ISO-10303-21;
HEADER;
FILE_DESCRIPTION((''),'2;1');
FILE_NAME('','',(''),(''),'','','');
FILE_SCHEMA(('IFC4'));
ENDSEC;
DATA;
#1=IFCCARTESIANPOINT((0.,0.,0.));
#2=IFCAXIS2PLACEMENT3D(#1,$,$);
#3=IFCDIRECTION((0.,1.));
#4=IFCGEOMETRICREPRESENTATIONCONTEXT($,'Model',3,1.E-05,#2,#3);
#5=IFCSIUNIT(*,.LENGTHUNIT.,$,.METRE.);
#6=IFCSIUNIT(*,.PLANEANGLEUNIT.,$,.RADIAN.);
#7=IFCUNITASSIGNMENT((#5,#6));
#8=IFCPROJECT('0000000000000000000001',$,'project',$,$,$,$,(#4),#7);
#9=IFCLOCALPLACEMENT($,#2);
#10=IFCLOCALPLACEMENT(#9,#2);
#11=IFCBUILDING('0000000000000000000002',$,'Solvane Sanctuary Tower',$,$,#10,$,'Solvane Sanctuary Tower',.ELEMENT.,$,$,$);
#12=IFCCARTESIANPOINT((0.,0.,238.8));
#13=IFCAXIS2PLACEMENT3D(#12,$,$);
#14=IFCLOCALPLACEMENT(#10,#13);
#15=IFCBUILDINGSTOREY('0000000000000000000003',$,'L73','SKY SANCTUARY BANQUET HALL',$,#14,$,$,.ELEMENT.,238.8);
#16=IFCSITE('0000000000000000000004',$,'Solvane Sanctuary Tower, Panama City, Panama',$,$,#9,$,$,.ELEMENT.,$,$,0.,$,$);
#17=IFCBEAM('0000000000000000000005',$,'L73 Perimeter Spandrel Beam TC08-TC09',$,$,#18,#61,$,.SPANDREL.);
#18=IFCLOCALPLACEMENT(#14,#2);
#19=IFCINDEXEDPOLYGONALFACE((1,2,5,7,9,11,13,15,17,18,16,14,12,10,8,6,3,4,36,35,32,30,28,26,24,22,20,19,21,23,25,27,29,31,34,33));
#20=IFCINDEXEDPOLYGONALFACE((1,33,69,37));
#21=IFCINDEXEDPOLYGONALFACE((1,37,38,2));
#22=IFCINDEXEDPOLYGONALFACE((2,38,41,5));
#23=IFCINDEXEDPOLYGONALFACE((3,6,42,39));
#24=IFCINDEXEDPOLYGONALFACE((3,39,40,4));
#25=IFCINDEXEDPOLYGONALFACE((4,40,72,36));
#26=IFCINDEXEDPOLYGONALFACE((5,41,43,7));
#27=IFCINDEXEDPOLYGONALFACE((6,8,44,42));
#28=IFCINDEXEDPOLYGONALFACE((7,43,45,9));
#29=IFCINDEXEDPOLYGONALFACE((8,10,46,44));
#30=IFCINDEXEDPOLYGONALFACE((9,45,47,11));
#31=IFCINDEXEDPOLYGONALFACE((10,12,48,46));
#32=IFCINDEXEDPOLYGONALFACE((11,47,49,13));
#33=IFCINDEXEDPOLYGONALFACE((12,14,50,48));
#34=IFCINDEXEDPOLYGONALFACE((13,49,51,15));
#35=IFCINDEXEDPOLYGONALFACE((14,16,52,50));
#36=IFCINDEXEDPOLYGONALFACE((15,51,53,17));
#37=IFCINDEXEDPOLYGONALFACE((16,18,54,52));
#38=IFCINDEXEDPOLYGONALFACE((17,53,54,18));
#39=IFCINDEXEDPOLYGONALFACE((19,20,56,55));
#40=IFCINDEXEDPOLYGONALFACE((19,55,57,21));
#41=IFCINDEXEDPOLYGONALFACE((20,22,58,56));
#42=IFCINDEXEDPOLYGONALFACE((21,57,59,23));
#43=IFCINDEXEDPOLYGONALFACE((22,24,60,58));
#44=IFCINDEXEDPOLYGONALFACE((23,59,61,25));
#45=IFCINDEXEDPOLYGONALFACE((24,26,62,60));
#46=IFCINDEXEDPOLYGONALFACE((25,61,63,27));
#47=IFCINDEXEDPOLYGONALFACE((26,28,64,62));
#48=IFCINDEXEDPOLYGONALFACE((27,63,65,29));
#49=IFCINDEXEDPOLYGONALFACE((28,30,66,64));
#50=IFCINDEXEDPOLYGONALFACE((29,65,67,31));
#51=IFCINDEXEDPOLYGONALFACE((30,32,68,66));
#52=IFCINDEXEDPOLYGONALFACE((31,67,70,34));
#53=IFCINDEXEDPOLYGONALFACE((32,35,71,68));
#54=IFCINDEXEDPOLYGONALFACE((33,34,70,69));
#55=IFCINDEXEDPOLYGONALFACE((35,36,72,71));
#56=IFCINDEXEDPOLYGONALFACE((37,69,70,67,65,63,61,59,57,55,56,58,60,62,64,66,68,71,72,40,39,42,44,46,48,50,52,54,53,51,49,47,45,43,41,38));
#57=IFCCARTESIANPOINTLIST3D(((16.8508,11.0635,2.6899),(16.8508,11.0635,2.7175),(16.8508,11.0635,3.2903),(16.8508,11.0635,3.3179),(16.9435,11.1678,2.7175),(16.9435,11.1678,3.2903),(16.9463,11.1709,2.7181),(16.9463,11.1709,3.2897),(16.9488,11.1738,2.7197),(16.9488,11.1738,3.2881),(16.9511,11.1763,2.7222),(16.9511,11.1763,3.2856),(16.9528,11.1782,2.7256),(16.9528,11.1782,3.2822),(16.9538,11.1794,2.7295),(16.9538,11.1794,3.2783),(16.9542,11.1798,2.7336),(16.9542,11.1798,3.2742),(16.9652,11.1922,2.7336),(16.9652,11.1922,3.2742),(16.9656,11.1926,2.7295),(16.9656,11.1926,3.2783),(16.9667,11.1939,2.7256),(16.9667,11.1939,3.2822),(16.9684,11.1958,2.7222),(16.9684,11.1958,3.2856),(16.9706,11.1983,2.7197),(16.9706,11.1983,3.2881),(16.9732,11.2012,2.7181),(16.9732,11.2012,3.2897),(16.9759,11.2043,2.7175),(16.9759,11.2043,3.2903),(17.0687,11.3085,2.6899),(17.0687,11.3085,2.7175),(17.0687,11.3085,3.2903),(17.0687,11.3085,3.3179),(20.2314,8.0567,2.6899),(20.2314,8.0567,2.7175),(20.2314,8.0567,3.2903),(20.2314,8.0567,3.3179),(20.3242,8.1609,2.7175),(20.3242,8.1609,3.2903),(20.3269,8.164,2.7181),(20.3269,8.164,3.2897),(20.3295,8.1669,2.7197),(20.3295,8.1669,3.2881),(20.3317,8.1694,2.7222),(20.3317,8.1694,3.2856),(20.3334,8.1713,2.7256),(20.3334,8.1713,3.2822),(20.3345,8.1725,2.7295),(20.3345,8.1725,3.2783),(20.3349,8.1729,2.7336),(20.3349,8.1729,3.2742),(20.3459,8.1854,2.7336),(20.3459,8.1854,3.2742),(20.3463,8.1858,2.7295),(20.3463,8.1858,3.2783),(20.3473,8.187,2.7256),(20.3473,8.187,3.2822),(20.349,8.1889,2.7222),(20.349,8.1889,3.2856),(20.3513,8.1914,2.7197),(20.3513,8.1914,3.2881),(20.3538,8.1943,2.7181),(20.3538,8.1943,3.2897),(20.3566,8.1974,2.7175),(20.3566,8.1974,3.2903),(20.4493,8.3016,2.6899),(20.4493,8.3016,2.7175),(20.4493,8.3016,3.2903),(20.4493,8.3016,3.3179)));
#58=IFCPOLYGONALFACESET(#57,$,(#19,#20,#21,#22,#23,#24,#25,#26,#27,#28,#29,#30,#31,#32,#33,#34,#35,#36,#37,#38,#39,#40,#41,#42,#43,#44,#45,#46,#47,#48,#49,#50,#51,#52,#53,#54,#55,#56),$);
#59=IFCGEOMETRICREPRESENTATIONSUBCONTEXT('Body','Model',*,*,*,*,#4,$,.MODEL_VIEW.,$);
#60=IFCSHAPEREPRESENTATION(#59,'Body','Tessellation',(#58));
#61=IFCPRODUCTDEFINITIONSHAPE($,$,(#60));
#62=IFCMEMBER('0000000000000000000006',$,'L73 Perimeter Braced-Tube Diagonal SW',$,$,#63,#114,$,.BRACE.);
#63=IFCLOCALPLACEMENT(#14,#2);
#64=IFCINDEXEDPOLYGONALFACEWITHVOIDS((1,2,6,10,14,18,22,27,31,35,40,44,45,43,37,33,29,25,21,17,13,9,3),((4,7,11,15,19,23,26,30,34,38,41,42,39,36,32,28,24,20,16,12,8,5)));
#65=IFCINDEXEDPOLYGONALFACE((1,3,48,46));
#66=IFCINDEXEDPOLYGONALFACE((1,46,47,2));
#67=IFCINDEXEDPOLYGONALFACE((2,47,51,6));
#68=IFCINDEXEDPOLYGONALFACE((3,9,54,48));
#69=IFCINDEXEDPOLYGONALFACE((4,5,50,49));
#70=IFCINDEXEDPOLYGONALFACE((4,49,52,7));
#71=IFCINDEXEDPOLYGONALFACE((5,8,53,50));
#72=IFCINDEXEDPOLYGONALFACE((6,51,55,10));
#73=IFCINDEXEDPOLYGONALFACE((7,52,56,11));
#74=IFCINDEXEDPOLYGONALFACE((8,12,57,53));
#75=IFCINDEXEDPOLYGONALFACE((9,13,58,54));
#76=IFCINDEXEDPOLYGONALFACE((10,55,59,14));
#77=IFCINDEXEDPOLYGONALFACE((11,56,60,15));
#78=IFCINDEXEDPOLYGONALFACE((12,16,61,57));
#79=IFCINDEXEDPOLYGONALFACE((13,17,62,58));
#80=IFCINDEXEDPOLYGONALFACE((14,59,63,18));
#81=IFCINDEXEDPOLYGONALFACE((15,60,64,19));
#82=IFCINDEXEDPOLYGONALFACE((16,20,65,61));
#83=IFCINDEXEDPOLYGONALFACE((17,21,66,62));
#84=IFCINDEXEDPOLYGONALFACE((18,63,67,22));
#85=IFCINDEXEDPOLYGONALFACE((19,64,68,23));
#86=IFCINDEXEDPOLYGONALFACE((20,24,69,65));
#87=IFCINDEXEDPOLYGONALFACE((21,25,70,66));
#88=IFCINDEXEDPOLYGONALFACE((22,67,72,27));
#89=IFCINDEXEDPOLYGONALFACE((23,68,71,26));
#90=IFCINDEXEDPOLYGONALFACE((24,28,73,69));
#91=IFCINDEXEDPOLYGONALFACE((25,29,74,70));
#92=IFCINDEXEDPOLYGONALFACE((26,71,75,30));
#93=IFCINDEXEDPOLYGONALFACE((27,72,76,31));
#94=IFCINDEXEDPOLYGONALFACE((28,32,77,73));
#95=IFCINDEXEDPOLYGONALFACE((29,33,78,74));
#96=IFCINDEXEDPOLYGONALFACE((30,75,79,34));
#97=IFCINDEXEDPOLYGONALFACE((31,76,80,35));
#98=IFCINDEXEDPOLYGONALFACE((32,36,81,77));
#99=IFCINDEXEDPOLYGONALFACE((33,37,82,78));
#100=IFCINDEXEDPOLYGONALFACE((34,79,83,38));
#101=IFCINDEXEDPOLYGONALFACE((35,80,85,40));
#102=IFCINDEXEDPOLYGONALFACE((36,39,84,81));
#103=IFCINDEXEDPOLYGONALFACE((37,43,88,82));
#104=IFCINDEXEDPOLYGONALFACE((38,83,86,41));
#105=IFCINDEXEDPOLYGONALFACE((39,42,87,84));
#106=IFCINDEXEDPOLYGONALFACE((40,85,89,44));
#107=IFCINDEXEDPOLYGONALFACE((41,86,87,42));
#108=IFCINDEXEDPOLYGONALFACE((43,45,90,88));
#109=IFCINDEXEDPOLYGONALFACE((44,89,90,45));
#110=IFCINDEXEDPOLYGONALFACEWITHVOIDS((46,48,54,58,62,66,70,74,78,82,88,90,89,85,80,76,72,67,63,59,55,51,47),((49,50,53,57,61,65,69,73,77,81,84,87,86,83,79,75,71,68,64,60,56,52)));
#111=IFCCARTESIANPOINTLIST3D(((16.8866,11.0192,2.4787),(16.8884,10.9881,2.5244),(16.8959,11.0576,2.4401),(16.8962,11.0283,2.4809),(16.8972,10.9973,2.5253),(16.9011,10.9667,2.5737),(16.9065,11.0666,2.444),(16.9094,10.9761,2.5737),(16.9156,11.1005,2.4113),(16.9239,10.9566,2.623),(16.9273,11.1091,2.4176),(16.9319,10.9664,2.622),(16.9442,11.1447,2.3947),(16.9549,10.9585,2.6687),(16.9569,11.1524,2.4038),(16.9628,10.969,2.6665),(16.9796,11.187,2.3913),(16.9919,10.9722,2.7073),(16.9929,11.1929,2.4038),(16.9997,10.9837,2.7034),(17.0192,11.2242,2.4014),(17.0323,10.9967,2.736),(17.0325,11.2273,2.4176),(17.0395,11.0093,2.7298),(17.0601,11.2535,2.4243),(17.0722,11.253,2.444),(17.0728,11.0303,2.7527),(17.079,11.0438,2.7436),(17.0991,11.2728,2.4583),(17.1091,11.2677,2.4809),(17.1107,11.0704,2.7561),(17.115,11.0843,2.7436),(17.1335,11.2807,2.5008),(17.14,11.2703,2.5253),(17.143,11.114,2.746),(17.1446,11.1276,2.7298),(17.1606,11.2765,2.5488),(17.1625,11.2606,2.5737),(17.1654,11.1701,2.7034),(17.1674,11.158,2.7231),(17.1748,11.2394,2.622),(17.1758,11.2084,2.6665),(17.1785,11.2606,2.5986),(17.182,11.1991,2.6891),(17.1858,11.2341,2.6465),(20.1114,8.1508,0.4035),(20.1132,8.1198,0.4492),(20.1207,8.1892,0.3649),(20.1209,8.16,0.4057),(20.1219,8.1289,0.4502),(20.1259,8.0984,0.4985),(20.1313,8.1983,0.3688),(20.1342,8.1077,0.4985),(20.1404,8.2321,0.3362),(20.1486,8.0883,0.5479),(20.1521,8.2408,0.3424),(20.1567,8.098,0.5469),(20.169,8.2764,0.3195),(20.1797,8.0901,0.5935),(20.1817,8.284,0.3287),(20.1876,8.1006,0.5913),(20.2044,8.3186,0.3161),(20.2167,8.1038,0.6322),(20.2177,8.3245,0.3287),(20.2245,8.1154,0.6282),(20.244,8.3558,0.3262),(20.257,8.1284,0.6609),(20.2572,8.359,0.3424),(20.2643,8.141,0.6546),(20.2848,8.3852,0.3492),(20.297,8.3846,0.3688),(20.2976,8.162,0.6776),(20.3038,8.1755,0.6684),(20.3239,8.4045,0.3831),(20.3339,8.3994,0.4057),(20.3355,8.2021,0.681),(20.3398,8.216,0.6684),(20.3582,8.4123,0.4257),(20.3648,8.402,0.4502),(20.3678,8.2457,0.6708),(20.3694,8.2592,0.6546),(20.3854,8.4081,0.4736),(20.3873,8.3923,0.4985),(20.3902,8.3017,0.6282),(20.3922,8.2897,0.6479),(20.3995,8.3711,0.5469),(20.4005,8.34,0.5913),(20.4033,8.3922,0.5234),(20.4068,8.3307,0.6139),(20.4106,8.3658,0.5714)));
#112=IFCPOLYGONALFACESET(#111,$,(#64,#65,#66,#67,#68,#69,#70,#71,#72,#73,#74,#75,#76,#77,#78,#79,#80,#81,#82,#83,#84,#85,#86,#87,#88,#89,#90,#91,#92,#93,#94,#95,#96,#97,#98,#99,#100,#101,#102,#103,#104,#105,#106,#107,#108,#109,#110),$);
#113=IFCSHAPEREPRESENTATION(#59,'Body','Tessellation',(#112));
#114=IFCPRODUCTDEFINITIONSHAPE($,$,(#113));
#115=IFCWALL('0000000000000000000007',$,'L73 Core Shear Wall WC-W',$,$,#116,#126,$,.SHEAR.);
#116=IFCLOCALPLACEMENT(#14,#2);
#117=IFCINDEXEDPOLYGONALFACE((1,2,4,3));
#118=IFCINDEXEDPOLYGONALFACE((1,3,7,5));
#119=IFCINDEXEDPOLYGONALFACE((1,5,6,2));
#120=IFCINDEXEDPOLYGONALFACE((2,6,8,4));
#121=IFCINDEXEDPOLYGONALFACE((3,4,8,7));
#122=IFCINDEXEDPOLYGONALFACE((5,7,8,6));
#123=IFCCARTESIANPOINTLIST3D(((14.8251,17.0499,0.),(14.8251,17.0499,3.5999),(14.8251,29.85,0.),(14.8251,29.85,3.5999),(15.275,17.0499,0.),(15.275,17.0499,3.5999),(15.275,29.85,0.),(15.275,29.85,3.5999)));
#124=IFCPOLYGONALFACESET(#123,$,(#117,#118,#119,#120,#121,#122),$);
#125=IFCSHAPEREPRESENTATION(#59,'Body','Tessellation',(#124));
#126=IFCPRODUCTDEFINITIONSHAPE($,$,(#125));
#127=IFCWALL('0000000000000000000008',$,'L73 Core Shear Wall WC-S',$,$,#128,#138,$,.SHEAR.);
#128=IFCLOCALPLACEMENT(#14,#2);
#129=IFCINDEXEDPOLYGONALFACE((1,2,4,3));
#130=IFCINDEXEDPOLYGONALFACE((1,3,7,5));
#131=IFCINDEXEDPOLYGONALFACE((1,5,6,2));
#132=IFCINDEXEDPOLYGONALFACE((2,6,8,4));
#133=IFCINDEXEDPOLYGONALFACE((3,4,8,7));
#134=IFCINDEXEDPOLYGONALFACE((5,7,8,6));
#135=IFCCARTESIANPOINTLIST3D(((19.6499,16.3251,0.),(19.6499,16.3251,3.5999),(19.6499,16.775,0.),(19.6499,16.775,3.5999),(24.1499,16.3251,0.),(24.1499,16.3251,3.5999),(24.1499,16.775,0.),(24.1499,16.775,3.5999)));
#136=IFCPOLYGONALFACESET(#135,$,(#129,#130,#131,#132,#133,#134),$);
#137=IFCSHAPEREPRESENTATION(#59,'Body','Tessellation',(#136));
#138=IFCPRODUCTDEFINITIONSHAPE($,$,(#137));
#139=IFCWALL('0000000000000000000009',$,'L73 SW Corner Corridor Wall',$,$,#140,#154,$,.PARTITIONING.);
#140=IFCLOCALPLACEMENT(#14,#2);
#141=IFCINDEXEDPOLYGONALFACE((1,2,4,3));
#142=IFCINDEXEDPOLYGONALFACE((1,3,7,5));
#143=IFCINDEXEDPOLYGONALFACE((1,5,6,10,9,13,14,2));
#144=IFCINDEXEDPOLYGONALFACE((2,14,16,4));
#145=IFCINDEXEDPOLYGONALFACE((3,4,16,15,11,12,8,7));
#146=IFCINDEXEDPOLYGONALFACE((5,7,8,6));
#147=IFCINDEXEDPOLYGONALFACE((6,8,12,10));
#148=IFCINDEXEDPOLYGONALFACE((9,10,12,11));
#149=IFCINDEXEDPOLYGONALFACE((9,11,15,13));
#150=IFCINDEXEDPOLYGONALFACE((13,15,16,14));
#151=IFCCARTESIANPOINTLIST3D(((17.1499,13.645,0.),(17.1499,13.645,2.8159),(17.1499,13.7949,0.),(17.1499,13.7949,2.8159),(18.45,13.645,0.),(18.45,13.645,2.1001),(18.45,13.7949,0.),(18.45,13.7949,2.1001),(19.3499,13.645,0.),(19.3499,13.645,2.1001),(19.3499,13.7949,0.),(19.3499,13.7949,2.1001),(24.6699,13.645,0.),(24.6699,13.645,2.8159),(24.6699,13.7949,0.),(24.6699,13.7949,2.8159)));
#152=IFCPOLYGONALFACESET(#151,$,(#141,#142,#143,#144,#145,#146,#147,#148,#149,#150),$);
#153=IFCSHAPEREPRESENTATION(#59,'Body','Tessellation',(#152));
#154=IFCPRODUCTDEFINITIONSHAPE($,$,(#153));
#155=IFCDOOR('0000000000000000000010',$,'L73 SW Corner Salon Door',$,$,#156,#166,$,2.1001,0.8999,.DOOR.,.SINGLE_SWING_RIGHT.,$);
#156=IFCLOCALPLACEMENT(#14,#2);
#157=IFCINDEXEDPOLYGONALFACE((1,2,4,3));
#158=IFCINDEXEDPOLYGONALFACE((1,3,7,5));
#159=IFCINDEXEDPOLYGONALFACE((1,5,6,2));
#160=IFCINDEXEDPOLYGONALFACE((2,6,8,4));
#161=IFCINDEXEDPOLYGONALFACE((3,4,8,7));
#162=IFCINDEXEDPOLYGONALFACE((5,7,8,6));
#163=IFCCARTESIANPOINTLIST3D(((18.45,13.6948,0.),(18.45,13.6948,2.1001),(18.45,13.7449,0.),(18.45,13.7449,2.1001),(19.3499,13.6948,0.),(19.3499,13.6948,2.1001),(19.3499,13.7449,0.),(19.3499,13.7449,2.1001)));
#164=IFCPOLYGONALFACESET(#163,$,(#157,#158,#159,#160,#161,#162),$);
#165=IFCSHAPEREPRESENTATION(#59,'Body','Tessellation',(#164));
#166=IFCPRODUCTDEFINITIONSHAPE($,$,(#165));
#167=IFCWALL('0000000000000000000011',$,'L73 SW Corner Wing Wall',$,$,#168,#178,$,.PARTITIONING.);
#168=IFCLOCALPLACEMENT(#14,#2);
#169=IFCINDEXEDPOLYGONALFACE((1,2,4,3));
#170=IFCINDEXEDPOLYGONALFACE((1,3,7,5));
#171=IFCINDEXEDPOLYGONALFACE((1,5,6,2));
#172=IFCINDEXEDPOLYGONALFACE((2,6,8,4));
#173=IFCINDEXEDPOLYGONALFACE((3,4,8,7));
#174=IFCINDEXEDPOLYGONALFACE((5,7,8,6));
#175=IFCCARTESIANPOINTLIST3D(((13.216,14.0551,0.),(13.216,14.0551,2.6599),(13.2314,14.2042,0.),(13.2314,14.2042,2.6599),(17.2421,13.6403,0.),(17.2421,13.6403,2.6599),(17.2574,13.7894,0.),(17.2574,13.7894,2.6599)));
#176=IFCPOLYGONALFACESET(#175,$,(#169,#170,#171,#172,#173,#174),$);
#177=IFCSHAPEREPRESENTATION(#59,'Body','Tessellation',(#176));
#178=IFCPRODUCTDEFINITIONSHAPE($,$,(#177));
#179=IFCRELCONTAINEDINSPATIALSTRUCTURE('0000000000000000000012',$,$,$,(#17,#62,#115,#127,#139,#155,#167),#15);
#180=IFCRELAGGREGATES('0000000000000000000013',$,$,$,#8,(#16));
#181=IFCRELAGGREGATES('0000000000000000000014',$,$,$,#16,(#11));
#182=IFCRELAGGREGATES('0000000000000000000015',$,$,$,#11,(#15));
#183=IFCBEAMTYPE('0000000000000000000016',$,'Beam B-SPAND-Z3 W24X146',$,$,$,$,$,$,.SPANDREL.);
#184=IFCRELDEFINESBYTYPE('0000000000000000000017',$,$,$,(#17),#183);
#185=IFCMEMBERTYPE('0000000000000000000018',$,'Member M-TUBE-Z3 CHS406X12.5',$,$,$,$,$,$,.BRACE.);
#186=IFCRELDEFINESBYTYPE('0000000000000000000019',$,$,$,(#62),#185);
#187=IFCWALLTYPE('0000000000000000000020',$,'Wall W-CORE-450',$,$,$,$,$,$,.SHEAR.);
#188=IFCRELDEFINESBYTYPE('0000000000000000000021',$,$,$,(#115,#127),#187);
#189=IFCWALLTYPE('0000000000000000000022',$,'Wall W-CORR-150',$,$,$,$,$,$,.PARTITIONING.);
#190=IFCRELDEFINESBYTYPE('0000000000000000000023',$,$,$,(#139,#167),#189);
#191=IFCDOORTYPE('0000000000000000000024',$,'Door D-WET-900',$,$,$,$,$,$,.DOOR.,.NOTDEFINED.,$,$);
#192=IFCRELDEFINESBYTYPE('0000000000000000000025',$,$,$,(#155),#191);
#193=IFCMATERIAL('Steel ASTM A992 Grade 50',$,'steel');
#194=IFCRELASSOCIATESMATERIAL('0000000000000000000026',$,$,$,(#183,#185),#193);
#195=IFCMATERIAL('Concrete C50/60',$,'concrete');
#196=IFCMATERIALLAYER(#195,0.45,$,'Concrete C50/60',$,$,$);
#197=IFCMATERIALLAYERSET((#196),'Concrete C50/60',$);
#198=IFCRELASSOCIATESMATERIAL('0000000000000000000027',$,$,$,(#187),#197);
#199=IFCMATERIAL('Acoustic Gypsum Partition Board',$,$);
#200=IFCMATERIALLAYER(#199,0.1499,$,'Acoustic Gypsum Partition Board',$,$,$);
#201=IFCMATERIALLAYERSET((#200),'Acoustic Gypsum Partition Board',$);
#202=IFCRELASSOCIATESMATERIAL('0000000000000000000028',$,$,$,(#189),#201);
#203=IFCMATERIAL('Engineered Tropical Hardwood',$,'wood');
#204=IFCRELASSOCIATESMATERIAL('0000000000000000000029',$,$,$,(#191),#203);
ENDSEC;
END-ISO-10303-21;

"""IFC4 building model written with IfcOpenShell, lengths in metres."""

from ifc_helpers import new_model, si_unit, direction, frame, frame_2d, origin, origin_2d, place, context, subcontext, project, spatial, rectangle, hollow_circle, i_section, extrude, material, layer, layer_set, material_profile, profile_set, type_object, element, fill, save


model = new_model("IFC4")

# Units and contexts
model_context = context("Model", 3, precision=1e-05, world=origin(), true_north=direction((0.0, 1.0)))
body_context = subcontext(model_context, "Body", "Model", "MODEL_VIEW")
ifc_project = project(units=[si_unit("LENGTHUNIT", "METRE"), si_unit("PLANEANGLEUNIT", "RADIAN")], contexts=[model_context])

# Site, building, storey
site_placement = place(None, origin())
site = spatial("IfcSite", under=ifc_project, at=site_placement, Name="Solvane Sanctuary Tower, Panama City, Panama", CompositionType="ELEMENT", RefElevation=0.0)
building_placement = place(site_placement, origin())
building = spatial("IfcBuilding", under=site, at=building_placement, Name="Solvane Sanctuary Tower", LongName="Solvane Sanctuary Tower", CompositionType="ELEMENT")
storey_placement = place(building_placement, frame((0.0, 0.0, 238.8)))
storey = spatial("IfcBuildingStorey", under=building, at=storey_placement, Name="L73", Description="SKY SANCTUARY BANQUET HALL", CompositionType="ELEMENT", Elevation=238.8)

# Beam
ifc_material_1 = material(Name="Steel ASTM A992 Grade 50", Category="steel")
ifc_material_profile_1 = material_profile(ifc_material_1, i_section(OverallWidth=0.3279, OverallDepth=0.6279, WebThickness=0.0166, FlangeThickness=0.0276, FilletRadius=0.0161, at=origin_2d()), Name="W24X146")
ifc_profile_set_1 = profile_set([ifc_material_profile_1], Name="Steel ASTM A992 Grade 50")
beam_type_1 = type_object("IfcBeamType", Name="Beam B-SPAND-Z3 W24X146", PredefinedType="SPANDREL", material=ifc_profile_set_1)
beam_1_placement = place(storey_placement, frame((16.9597, 11.186, 3.0039), z_axis=(0.747207, -0.664592, 0.0), x_axis=(0.664592, 0.747207, 0.0)))
element("IfcBeam", 1, at=beam_1_placement, inside=storey, type_object=beam_type_1, Name="L73 Perimeter Spandrel Beam TC08-TC09", PredefinedType="SPANDREL", context=body_context, shape_type="SweptSolid", body=[
    extrude(i_section(OverallWidth=0.3279, OverallDepth=0.6279, WebThickness=0.0166, FlangeThickness=0.0276, FilletRadius=0.0161, at=origin_2d()), origin(), (0.0, 0.0, 1.0), 4.5244),
])

# Member
ifc_material_profile_2 = material_profile(ifc_material_1, hollow_circle(Radius=0.2029, WallThickness=0.0125, at=origin_2d()), Name="CHS406X12.5")
ifc_profile_set_2 = profile_set([ifc_material_profile_2], Name="Steel ASTM A992 Grade 50")
member_type = type_object("IfcMemberType", Name="Member M-TUBE-Z3 CHS406X12.5", PredefinedType="BRACE", material=ifc_profile_set_2)
member_placement = place(storey_placement, frame((20.2607, 8.25, 0.4985), z_axis=(-0.673397, 0.598966, 0.433331), x_axis=(-0.664606, -0.747194, 0.0)))
element("IfcMember", 2, at=member_placement, inside=storey, type_object=member_type, Name="L73 Perimeter Braced-Tube Diagonal SW", PredefinedType="BRACE", context=body_context, shape_type="SweptSolid", body=[
    extrude(hollow_circle(Radius=0.2029, WallThickness=0.0125, at=origin_2d()), origin(), (0.0, 0.0, 1.0), 4.7888),
])

# Walls
ifc_material_2 = material(Name="Concrete C50/60", Category="concrete")
ifc_layer_1 = layer(ifc_material_2, 0.45, Name="Concrete C50/60")
ifc_layer_set_1 = layer_set([ifc_layer_1], Name="Concrete C50/60")
wall_type_1 = type_object("IfcWallType", Name="Wall W-CORE-450", PredefinedType="SHEAR", material=ifc_layer_set_1)
wall_1_placement = place(storey_placement, frame((15.05, 17.05, 0.0), z_axis=(0.0, 0.0, 1.0), x_axis=(0.0, 1.0, 0.0)))
element("IfcWall", 3, at=wall_1_placement, inside=storey, type_object=wall_type_1, Name="L73 Core Shear Wall WC-W", PredefinedType="SHEAR", context=body_context, shape_type="SweptSolid", body=[
    extrude(rectangle(XDim=12.8, YDim=0.45, at=frame_2d((6.3999, 0.0))), origin(), (0.0, 0.0, 1.0), 3.5999),
])
wall_2_placement = place(storey_placement, frame((19.6499, 16.55, 0.0), z_axis=(0.0, 0.0, 1.0), x_axis=(1.0, 0.0, 0.0)))
element("IfcWall", 4, at=wall_2_placement, inside=storey, type_object=wall_type_1, Name="L73 Core Shear Wall WC-S", PredefinedType="SHEAR", context=body_context, shape_type="SweptSolid", body=[
    extrude(rectangle(XDim=4.5, YDim=0.45, at=frame_2d((2.25, 0.0))), origin(), (0.0, 0.0, 1.0), 3.5999),
])

# Wall, opening, door
ifc_material_3 = material(Name="Acoustic Gypsum Partition Board")
ifc_layer_2 = layer(ifc_material_3, 0.1499, Name="Acoustic Gypsum Partition Board")
ifc_layer_set_2 = layer_set([ifc_layer_2], Name="Acoustic Gypsum Partition Board")
wall_type_2 = type_object("IfcWallType", Name="Wall W-CORR-150", PredefinedType="PARTITIONING", material=ifc_layer_set_2)
wall_3_placement = place(storey_placement, frame((17.1499, 13.72, 0.0), z_axis=(0.0, 0.0, 1.0), x_axis=(1.0, 0.0, 0.0)))
wall_3 = element("IfcWall", 5, at=wall_3_placement, inside=storey, type_object=wall_type_2, Name="L73 SW Corner Corridor Wall", PredefinedType="PARTITIONING", context=body_context, shape_type="SweptSolid", body=[
    extrude(rectangle(XDim=7.52, YDim=0.1499, at=frame_2d((3.76, 0.0))), origin(), (0.0, 0.0, 1.0), 2.8159),
])
opening_1_placement = place(wall_3_placement, frame((1.3, 0.0, 0.0)))
opening_1 = element("IfcOpeningElement", 6, at=opening_1_placement, cuts=wall_3, PredefinedType="OPENING", context=body_context, shape_type="SweptSolid", body=[
    extrude(rectangle(XDim=0.8999, YDim=2.1001, at=frame_2d((0.45, 1.05))), frame((0.0, 0.085, 0.0), z_axis=(0.0, -1.0, 0.0), x_axis=(1.0, 0.0, 0.0)), (0.0, 0.0, 1.0), 0.1699),
])
ifc_material_4 = material(Name="Engineered Tropical Hardwood", Category="wood")
door_type_1 = type_object("IfcDoorType", Name="Door D-WET-900", OperationType="NOTDEFINED", PredefinedType="DOOR", material=ifc_material_4)
door_1_placement = place(opening_1_placement, origin())
door_1 = element("IfcDoor", 7, at=door_1_placement, inside=storey, type_object=door_type_1, Name="L73 SW Corner Salon Door", OperationType="SINGLE_SWING_RIGHT", OverallHeight=2.1001, OverallWidth=0.8999, PredefinedType="DOOR", context=body_context, shape_type="SweptSolid", body=[
    extrude(rectangle(XDim=0.8999, YDim=2.1001, at=frame_2d((0.45, 1.05))), frame((0.0, 0.0249, 0.0), z_axis=(0.0, -1.0, 0.0), x_axis=(1.0, 0.0, 0.0)), (0.0, 0.0, 1.0), 0.05),
])
fill(opening_1, door_1)

# Wall
wall_4_placement = place(storey_placement, frame((17.2498, 13.7148, 0.0), z_axis=(0.0, 0.0, 1.0), x_axis=(-0.994735, 0.102483, 0.0)))
element("IfcWall", 8, at=wall_4_placement, inside=storey, type_object=wall_type_2, Name="L73 SW Corner Wing Wall", PredefinedType="PARTITIONING", context=body_context, shape_type="SweptSolid", body=[
    extrude(rectangle(XDim=4.0474, YDim=0.1499, at=frame_2d((2.0237, 0.0))), origin(), (0.0, 0.0, 1.0), 2.6599),
])

save(model, "model.ifc")
